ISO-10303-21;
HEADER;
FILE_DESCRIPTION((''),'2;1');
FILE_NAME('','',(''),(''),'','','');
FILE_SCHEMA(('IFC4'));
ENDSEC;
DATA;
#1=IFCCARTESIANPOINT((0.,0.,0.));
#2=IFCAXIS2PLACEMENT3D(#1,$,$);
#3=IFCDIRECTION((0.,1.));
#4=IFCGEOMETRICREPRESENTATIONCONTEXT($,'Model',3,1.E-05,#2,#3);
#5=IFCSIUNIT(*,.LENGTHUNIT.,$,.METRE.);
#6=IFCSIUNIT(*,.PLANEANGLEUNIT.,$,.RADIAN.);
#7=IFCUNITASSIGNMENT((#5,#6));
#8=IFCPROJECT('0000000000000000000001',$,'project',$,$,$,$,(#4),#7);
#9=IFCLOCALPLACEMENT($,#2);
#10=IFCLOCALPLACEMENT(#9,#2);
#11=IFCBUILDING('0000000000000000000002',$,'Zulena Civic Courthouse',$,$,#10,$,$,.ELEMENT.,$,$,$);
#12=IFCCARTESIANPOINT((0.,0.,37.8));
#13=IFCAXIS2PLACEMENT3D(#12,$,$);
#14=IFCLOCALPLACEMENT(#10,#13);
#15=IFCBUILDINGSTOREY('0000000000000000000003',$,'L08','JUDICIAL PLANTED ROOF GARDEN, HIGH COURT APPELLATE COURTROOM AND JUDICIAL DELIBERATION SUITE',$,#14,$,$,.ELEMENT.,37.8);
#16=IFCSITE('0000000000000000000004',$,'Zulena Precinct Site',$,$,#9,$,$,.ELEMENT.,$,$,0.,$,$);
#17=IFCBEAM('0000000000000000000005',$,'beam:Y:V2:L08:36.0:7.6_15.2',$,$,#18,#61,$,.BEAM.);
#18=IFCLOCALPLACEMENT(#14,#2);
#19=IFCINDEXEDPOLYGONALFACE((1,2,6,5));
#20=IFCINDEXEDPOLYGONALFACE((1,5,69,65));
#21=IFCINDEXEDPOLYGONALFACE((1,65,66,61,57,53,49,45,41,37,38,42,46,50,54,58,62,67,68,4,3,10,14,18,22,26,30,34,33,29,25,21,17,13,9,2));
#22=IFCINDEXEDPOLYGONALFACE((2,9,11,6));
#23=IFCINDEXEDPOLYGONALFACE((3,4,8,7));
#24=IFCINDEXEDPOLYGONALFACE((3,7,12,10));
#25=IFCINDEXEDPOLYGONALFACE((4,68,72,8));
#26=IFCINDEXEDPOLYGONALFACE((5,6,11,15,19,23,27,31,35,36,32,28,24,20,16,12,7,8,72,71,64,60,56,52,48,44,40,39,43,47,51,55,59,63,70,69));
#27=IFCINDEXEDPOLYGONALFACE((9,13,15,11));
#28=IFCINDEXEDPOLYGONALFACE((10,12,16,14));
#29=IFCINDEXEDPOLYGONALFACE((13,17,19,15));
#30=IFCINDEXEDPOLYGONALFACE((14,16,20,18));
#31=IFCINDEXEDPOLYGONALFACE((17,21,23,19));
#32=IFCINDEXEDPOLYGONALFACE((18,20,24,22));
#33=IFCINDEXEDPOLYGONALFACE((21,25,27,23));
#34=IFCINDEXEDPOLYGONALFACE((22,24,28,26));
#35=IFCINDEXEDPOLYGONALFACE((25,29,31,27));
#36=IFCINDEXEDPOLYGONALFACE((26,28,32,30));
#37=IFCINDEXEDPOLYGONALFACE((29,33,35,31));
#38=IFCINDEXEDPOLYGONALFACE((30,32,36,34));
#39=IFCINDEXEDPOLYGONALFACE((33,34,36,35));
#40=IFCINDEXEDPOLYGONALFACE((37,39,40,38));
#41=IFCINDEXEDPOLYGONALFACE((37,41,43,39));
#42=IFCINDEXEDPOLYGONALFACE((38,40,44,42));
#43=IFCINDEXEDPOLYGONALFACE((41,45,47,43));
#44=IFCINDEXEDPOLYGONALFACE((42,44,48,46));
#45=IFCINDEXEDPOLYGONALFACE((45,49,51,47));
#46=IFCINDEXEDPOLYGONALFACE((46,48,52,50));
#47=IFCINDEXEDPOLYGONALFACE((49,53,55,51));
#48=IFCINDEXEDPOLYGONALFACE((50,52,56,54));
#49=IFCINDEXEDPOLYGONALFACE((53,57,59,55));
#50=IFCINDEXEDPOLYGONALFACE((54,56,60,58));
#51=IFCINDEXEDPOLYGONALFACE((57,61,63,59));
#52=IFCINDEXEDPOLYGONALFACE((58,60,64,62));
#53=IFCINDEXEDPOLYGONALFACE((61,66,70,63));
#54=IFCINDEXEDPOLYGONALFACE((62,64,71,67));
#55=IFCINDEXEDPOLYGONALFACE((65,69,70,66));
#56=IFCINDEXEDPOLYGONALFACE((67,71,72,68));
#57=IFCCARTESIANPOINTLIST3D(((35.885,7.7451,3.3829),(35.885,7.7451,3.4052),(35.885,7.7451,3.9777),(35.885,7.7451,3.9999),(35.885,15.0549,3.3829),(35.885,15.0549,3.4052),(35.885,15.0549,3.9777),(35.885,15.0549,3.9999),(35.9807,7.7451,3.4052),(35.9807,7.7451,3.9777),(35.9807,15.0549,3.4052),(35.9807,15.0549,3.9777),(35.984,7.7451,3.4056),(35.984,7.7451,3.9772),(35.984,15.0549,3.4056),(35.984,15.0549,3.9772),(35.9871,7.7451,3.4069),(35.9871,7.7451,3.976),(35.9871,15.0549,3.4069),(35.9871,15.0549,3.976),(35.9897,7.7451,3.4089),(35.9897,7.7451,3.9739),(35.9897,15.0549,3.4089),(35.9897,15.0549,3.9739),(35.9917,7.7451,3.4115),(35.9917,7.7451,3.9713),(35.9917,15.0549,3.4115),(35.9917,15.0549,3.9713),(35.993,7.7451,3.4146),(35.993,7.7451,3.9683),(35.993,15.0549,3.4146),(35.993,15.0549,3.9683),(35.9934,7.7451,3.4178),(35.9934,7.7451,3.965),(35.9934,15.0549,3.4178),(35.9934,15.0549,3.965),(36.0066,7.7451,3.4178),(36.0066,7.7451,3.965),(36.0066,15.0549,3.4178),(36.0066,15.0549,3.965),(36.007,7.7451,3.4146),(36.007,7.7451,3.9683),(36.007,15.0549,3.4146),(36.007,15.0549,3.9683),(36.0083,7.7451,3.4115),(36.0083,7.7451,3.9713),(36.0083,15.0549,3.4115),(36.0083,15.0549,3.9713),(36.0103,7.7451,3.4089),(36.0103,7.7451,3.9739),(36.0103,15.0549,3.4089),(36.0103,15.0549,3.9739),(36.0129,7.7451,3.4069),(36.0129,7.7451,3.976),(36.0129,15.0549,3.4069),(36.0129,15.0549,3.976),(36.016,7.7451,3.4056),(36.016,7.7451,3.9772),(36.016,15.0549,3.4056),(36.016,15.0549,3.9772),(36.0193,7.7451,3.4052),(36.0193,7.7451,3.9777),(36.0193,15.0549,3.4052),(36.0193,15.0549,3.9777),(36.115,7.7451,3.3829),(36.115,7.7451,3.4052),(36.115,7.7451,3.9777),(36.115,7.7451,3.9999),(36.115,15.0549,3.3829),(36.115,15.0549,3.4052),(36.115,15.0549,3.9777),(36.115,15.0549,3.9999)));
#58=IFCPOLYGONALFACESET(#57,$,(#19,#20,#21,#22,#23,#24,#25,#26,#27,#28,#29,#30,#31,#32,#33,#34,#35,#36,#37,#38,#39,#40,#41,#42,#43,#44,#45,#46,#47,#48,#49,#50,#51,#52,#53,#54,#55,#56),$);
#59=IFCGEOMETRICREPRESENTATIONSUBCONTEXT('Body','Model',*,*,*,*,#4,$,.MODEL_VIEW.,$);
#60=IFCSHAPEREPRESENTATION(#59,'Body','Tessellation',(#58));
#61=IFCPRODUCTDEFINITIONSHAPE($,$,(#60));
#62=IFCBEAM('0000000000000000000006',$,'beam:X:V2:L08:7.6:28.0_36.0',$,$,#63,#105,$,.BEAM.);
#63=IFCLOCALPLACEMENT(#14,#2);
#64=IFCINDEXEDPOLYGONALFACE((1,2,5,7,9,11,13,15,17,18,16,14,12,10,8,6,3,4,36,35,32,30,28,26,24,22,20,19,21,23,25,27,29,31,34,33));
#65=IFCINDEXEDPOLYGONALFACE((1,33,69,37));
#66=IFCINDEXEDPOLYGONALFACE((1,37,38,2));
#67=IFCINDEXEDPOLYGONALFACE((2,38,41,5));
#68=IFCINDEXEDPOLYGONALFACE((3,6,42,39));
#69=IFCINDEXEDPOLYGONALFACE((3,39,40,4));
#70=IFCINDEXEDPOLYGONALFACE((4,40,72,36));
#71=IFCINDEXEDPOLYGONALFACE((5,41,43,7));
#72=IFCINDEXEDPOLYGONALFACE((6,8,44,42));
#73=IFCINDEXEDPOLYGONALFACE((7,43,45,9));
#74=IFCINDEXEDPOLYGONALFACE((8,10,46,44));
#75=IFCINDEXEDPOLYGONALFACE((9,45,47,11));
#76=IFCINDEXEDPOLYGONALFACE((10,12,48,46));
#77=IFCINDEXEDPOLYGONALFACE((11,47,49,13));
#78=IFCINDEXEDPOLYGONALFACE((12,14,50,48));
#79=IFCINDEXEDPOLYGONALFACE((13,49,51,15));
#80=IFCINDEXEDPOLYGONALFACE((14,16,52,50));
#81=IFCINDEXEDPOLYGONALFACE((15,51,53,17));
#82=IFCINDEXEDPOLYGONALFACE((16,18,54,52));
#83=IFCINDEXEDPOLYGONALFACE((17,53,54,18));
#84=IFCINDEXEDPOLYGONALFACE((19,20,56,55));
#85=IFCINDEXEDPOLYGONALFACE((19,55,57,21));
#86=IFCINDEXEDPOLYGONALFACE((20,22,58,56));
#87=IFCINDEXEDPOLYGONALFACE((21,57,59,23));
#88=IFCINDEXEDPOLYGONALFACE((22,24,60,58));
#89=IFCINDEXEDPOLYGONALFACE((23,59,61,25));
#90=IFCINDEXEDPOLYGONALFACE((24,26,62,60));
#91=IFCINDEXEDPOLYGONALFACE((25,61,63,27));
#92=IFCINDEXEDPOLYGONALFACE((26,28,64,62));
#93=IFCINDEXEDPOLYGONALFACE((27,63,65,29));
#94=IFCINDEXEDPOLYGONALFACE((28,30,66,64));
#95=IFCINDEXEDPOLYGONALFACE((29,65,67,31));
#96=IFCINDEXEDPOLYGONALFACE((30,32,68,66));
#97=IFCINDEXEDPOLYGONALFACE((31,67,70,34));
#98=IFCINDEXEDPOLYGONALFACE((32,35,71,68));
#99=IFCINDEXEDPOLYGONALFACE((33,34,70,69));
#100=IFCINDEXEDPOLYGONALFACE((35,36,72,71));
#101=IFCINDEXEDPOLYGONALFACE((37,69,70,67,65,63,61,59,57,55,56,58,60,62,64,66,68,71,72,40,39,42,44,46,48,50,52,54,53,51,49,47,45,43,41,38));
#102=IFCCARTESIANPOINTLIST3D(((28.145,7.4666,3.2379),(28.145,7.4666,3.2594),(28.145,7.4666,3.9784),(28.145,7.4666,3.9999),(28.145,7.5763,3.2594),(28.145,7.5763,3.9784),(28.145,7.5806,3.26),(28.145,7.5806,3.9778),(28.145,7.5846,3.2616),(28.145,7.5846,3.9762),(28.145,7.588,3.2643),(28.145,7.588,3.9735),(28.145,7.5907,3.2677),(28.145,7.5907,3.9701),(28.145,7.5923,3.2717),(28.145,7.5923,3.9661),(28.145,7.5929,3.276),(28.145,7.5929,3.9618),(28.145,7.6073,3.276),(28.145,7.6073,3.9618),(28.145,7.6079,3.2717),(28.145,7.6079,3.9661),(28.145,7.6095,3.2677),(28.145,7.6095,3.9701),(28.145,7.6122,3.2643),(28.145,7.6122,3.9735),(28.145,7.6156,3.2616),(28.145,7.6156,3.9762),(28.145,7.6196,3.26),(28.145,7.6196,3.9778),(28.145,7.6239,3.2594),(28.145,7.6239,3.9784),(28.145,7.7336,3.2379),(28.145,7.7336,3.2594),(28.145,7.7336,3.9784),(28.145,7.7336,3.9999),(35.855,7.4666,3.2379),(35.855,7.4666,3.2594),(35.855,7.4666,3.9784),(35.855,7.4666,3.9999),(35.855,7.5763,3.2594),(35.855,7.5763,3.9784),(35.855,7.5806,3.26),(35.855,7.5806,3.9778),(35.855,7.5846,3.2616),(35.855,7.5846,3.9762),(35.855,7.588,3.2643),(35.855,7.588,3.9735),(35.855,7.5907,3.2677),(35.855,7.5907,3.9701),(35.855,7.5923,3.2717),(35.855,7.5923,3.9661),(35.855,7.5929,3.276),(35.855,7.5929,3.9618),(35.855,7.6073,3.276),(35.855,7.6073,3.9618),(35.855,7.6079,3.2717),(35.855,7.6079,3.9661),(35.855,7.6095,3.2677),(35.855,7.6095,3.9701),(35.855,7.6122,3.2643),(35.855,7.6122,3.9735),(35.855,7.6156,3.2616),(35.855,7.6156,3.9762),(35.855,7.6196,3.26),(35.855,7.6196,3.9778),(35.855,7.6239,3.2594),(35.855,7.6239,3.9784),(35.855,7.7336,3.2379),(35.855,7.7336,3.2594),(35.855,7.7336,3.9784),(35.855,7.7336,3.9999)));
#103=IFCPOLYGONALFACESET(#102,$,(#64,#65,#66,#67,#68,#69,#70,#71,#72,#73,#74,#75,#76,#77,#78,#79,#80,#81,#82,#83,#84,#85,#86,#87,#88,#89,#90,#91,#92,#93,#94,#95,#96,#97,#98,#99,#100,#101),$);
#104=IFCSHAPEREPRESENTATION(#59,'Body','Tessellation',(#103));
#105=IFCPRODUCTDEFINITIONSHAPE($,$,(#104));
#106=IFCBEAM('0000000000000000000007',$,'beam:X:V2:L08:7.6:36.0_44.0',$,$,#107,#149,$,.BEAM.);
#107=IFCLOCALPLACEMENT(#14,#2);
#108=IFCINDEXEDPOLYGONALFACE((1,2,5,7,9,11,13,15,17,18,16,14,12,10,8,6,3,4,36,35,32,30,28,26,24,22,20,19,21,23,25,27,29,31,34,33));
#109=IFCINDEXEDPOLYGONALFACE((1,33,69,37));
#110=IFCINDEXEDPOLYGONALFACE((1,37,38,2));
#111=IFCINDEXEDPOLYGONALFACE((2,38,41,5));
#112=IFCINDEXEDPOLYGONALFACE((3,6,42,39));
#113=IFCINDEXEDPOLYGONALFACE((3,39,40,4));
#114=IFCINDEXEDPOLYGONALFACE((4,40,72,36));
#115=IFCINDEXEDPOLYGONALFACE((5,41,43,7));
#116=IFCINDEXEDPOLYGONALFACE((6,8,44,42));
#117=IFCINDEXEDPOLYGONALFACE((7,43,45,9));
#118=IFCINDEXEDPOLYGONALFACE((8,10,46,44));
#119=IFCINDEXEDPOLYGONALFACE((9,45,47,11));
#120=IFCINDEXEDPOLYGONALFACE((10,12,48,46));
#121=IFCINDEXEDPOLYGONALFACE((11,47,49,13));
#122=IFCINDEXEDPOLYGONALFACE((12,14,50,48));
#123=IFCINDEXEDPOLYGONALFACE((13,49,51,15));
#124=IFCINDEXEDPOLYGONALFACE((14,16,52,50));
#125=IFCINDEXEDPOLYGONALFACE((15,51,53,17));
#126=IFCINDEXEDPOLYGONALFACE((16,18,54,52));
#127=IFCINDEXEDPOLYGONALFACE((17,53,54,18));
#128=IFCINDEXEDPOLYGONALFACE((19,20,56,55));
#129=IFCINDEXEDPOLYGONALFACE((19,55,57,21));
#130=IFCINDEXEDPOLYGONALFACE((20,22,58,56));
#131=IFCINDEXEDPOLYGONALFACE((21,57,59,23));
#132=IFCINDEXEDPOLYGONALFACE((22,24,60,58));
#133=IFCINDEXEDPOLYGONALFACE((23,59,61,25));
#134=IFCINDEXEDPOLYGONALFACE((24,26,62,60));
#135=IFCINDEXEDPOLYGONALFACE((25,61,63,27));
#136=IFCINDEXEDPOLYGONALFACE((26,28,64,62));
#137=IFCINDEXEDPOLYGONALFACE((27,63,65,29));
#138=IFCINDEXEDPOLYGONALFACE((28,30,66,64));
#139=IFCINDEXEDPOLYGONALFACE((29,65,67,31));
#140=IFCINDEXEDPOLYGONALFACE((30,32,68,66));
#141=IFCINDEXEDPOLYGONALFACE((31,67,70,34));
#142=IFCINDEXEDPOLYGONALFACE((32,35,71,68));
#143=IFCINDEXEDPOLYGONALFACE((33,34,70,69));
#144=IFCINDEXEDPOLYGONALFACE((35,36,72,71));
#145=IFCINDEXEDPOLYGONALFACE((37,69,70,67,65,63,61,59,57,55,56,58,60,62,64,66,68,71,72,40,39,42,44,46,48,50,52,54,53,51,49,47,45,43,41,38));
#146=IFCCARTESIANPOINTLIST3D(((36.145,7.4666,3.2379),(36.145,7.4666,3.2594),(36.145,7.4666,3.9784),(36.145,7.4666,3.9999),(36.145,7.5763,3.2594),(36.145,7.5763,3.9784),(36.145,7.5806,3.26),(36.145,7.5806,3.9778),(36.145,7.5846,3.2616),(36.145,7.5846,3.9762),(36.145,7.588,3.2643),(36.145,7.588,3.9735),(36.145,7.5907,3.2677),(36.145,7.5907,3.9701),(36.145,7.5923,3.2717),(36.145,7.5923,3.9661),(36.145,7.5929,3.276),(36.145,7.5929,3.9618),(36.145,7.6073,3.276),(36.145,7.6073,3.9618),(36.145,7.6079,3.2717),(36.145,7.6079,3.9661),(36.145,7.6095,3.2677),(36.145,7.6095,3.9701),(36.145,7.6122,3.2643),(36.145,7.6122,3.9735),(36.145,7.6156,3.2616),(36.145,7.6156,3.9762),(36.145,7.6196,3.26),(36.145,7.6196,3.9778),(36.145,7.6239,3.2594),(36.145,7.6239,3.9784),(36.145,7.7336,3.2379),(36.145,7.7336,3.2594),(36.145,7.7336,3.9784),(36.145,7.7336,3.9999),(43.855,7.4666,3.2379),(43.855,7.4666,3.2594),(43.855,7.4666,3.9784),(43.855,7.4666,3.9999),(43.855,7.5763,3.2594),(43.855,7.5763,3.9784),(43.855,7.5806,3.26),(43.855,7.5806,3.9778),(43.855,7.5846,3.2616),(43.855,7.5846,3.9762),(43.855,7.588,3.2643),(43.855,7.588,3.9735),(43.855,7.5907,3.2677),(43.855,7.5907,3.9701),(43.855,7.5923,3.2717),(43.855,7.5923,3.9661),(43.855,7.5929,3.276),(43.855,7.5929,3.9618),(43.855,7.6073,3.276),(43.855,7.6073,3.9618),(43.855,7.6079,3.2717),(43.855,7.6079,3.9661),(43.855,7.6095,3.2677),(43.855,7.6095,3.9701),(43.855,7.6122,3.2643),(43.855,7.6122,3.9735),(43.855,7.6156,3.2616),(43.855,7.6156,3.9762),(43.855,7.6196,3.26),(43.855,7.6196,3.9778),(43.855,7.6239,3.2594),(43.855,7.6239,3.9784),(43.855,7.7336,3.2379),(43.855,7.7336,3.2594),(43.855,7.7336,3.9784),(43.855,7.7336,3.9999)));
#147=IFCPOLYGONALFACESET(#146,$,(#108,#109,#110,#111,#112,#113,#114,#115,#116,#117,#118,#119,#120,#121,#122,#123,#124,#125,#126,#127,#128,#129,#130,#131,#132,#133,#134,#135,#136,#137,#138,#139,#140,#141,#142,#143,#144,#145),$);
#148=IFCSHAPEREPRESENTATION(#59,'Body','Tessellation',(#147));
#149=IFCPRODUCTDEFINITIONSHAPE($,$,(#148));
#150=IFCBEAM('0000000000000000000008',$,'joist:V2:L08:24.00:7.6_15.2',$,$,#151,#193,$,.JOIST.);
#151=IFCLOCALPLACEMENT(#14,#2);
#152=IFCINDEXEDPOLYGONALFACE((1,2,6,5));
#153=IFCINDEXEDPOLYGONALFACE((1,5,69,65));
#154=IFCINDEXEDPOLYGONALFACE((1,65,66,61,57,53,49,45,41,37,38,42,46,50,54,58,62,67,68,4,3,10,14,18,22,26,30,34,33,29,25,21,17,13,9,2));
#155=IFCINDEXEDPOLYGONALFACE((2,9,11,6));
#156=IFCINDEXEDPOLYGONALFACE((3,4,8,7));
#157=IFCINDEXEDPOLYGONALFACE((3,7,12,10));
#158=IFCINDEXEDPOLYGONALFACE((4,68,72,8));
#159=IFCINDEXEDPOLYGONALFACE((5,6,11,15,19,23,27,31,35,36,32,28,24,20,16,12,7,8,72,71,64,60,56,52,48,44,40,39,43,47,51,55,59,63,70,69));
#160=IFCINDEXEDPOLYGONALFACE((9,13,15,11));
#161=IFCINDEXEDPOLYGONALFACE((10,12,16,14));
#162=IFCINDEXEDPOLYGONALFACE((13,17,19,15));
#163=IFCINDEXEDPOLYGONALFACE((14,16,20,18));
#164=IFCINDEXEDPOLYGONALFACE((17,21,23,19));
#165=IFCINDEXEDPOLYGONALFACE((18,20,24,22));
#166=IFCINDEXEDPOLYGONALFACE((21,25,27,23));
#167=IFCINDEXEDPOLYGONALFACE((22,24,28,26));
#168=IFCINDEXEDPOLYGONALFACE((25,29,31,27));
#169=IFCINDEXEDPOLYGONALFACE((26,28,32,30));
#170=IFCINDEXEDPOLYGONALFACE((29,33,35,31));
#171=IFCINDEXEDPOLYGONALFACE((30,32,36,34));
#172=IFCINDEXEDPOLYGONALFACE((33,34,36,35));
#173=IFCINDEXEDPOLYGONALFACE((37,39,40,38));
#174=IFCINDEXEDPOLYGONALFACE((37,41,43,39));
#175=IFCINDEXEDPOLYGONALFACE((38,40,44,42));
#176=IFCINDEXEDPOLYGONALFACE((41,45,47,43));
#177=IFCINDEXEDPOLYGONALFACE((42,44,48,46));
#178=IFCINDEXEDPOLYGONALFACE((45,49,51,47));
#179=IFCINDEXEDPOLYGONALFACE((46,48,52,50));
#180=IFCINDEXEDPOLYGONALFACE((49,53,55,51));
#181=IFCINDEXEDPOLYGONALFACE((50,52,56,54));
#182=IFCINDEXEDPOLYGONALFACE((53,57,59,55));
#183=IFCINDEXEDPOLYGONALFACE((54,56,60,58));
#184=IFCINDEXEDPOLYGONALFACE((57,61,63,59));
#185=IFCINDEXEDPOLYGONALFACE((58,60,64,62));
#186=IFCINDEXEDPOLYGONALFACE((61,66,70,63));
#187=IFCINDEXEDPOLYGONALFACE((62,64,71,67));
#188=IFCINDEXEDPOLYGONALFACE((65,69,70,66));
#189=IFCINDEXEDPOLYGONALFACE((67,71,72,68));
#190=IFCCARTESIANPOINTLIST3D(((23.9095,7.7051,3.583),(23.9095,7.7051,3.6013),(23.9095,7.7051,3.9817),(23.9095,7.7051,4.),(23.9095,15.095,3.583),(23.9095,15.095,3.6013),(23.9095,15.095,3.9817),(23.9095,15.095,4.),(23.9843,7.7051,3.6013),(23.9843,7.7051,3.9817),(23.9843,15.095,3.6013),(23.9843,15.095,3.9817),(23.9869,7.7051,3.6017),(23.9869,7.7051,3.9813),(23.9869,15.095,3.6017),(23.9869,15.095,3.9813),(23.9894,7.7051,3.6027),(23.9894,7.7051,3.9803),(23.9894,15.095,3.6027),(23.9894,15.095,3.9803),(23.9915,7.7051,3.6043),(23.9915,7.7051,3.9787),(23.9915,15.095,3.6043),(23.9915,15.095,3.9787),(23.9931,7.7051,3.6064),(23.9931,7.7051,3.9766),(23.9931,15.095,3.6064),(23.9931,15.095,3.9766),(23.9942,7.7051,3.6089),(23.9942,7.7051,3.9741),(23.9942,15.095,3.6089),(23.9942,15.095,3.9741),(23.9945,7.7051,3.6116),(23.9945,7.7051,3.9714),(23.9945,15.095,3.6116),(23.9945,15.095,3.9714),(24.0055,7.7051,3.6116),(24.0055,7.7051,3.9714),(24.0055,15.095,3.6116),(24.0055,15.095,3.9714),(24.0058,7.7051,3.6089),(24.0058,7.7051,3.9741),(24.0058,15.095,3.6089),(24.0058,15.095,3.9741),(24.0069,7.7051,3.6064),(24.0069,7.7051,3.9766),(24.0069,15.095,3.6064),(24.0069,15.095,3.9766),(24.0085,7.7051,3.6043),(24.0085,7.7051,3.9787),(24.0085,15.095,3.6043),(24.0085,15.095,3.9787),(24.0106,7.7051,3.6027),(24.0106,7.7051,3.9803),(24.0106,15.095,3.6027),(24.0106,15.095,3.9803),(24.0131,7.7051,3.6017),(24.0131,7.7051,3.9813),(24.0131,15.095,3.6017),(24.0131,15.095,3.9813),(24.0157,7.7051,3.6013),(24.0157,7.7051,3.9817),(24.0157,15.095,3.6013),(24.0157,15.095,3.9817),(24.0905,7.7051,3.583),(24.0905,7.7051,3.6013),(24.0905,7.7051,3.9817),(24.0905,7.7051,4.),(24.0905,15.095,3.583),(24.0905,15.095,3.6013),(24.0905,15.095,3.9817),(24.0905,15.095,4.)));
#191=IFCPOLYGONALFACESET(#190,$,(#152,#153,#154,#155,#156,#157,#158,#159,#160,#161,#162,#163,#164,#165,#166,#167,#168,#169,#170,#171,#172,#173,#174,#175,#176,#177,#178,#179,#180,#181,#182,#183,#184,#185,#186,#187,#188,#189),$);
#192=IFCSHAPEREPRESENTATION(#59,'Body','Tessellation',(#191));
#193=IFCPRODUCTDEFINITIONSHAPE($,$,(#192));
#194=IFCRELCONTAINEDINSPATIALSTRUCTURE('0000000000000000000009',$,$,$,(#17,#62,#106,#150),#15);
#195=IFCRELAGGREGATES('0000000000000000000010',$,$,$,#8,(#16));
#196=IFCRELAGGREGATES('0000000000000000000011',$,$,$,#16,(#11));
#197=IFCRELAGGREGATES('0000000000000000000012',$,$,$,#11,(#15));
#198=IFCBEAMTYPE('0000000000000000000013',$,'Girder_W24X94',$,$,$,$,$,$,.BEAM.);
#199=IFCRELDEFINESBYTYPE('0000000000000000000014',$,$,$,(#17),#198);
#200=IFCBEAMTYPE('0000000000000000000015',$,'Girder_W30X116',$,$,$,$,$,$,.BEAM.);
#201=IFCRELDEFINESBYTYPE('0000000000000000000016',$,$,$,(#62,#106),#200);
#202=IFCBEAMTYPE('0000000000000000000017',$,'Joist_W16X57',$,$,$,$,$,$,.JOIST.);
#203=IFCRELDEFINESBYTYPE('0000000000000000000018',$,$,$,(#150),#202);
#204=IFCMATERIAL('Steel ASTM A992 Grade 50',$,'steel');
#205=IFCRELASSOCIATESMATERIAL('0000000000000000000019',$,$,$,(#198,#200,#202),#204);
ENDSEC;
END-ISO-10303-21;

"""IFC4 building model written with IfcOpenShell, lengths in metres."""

from ifc_helpers import new_model, si_unit, direction, frame, origin, origin_2d, place, context, subcontext, project, spatial, i_section, extrude, material, material_profile, profile_set, type_object, element, save


model = new_model("IFC4")

# Units and contexts
model_context = context("Model", 3, precision=1e-05, world=origin(), true_north=direction((0.0, 1.0)))
body_context = subcontext(model_context, "Body", "Model", "MODEL_VIEW")
ifc_project = project(units=[si_unit("LENGTHUNIT", "METRE"), si_unit("PLANEANGLEUNIT", "RADIAN")], contexts=[model_context])

# Site, building, storey
site_placement = place(None, origin())
site = spatial("IfcSite", under=ifc_project, at=site_placement, Name="Zulena Precinct Site", CompositionType="ELEMENT", RefElevation=0.0)
building_placement = place(site_placement, origin())
building = spatial("IfcBuilding", under=site, at=building_placement, Name="Zulena Civic Courthouse", CompositionType="ELEMENT")
storey_placement = place(building_placement, frame((0.0, 0.0, 37.8)))
storey = spatial("IfcBuildingStorey", under=building, at=storey_placement, Name="L08", Description="JUDICIAL PLANTED ROOF GARDEN, HIGH COURT APPELLATE COURTROOM AND JUDICIAL DELIBERATION SUITE", CompositionType="ELEMENT", Elevation=37.8)

# Shared definitions
ifc_material_1 = material(Name="Steel ASTM A992 Grade 50", Category="steel")

# Beams
ifc_material_profile_1 = material_profile(ifc_material_1, i_section(OverallWidth=0.23, OverallDepth=0.6169, WebThickness=0.0132, FlangeThickness=0.0222, FilletRadius=0.0127, at=origin_2d()), Name="W24X94")
ifc_profile_set_1 = profile_set([ifc_material_profile_1], Name="Steel ASTM A992 Grade 50")
beam_type_1 = type_object("IfcBeamType", Name="Girder_W24X94", PredefinedType="BEAM", material=ifc_profile_set_1)
for number, where, z_axis, x_axis, name in (
    (1, (36.0, 7.7451, 3.6914), (0.0, 1.0, 0.0), (-1.0, 0.0, 0.0), "beam:Y:V2:L08:36.0:7.6_15.2"),
):
    element("IfcBeam", number, at=place(storey_placement, frame(where, z_axis=z_axis, x_axis=x_axis)), inside=storey, type_object=beam_type_1, Name=name, PredefinedType="BEAM", context=body_context, shape_type="SweptSolid", body=[
        extrude(i_section(OverallWidth=0.23, OverallDepth=0.6169, WebThickness=0.0132, FlangeThickness=0.0222, FilletRadius=0.0127, at=origin_2d()), origin(), (0.0, 0.0, 1.0), 7.3098),
    ])
ifc_material_profile_2 = material_profile(ifc_material_1, i_section(OverallWidth=0.2671, OverallDepth=0.762, WebThickness=0.0144, FlangeThickness=0.0215, FilletRadius=0.0166, at=origin_2d()), Name="W30X116")
ifc_profile_set_2 = profile_set([ifc_material_profile_2], Name="Steel ASTM A992 Grade 50")
beam_type_2 = type_object("IfcBeamType", Name="Girder_W30X116", PredefinedType="BEAM", material=ifc_profile_set_2)
for number, where, z_axis, x_axis, name in (
    (2, (28.145, 7.6001, 3.6189), (1.0, 0.0, 0.0), (0.0, 1.0, 0.0), "beam:X:V2:L08:7.6:28.0_36.0"),
    (3, (36.145, 7.6001, 3.6189), (1.0, 0.0, 0.0), (0.0, 1.0, 0.0), "beam:X:V2:L08:7.6:36.0_44.0"),
):
    element("IfcBeam", number, at=place(storey_placement, frame(where, z_axis=z_axis, x_axis=x_axis)), inside=storey, type_object=beam_type_2, Name=name, PredefinedType="BEAM", context=body_context, shape_type="SweptSolid", body=[
        extrude(i_section(OverallWidth=0.2671, OverallDepth=0.762, WebThickness=0.0144, FlangeThickness=0.0215, FilletRadius=0.0166, at=origin_2d()), origin(), (0.0, 0.0, 1.0), 7.71),
    ])
ifc_material_profile_3 = material_profile(ifc_material_1, i_section(OverallWidth=0.1809, OverallDepth=0.417, WebThickness=0.011, FlangeThickness=0.0183, FilletRadius=0.0103, at=origin_2d()), Name="W16X57")
ifc_profile_set_3 = profile_set([ifc_material_profile_3], Name="Steel ASTM A992 Grade 50")
beam_type_3 = type_object("IfcBeamType", Name="Joist_W16X57", PredefinedType="JOIST", material=ifc_profile_set_3)
beam_1_placement = place(storey_placement, frame((24.0, 7.7051, 3.7915), z_axis=(0.0, 1.0, 0.0), x_axis=(-1.0, 0.0, 0.0)))
element("IfcBeam", 4, at=beam_1_placement, inside=storey, type_object=beam_type_3, Name="joist:V2:L08:24.00:7.6_15.2", PredefinedType="JOIST", context=body_context, shape_type="SweptSolid", body=[
    extrude(i_section(OverallWidth=0.1809, OverallDepth=0.417, WebThickness=0.011, FlangeThickness=0.0183, FilletRadius=0.0103, at=origin_2d()), origin(), (0.0, 0.0, 1.0), 7.3899),
])

save(model, "model.ifc")
